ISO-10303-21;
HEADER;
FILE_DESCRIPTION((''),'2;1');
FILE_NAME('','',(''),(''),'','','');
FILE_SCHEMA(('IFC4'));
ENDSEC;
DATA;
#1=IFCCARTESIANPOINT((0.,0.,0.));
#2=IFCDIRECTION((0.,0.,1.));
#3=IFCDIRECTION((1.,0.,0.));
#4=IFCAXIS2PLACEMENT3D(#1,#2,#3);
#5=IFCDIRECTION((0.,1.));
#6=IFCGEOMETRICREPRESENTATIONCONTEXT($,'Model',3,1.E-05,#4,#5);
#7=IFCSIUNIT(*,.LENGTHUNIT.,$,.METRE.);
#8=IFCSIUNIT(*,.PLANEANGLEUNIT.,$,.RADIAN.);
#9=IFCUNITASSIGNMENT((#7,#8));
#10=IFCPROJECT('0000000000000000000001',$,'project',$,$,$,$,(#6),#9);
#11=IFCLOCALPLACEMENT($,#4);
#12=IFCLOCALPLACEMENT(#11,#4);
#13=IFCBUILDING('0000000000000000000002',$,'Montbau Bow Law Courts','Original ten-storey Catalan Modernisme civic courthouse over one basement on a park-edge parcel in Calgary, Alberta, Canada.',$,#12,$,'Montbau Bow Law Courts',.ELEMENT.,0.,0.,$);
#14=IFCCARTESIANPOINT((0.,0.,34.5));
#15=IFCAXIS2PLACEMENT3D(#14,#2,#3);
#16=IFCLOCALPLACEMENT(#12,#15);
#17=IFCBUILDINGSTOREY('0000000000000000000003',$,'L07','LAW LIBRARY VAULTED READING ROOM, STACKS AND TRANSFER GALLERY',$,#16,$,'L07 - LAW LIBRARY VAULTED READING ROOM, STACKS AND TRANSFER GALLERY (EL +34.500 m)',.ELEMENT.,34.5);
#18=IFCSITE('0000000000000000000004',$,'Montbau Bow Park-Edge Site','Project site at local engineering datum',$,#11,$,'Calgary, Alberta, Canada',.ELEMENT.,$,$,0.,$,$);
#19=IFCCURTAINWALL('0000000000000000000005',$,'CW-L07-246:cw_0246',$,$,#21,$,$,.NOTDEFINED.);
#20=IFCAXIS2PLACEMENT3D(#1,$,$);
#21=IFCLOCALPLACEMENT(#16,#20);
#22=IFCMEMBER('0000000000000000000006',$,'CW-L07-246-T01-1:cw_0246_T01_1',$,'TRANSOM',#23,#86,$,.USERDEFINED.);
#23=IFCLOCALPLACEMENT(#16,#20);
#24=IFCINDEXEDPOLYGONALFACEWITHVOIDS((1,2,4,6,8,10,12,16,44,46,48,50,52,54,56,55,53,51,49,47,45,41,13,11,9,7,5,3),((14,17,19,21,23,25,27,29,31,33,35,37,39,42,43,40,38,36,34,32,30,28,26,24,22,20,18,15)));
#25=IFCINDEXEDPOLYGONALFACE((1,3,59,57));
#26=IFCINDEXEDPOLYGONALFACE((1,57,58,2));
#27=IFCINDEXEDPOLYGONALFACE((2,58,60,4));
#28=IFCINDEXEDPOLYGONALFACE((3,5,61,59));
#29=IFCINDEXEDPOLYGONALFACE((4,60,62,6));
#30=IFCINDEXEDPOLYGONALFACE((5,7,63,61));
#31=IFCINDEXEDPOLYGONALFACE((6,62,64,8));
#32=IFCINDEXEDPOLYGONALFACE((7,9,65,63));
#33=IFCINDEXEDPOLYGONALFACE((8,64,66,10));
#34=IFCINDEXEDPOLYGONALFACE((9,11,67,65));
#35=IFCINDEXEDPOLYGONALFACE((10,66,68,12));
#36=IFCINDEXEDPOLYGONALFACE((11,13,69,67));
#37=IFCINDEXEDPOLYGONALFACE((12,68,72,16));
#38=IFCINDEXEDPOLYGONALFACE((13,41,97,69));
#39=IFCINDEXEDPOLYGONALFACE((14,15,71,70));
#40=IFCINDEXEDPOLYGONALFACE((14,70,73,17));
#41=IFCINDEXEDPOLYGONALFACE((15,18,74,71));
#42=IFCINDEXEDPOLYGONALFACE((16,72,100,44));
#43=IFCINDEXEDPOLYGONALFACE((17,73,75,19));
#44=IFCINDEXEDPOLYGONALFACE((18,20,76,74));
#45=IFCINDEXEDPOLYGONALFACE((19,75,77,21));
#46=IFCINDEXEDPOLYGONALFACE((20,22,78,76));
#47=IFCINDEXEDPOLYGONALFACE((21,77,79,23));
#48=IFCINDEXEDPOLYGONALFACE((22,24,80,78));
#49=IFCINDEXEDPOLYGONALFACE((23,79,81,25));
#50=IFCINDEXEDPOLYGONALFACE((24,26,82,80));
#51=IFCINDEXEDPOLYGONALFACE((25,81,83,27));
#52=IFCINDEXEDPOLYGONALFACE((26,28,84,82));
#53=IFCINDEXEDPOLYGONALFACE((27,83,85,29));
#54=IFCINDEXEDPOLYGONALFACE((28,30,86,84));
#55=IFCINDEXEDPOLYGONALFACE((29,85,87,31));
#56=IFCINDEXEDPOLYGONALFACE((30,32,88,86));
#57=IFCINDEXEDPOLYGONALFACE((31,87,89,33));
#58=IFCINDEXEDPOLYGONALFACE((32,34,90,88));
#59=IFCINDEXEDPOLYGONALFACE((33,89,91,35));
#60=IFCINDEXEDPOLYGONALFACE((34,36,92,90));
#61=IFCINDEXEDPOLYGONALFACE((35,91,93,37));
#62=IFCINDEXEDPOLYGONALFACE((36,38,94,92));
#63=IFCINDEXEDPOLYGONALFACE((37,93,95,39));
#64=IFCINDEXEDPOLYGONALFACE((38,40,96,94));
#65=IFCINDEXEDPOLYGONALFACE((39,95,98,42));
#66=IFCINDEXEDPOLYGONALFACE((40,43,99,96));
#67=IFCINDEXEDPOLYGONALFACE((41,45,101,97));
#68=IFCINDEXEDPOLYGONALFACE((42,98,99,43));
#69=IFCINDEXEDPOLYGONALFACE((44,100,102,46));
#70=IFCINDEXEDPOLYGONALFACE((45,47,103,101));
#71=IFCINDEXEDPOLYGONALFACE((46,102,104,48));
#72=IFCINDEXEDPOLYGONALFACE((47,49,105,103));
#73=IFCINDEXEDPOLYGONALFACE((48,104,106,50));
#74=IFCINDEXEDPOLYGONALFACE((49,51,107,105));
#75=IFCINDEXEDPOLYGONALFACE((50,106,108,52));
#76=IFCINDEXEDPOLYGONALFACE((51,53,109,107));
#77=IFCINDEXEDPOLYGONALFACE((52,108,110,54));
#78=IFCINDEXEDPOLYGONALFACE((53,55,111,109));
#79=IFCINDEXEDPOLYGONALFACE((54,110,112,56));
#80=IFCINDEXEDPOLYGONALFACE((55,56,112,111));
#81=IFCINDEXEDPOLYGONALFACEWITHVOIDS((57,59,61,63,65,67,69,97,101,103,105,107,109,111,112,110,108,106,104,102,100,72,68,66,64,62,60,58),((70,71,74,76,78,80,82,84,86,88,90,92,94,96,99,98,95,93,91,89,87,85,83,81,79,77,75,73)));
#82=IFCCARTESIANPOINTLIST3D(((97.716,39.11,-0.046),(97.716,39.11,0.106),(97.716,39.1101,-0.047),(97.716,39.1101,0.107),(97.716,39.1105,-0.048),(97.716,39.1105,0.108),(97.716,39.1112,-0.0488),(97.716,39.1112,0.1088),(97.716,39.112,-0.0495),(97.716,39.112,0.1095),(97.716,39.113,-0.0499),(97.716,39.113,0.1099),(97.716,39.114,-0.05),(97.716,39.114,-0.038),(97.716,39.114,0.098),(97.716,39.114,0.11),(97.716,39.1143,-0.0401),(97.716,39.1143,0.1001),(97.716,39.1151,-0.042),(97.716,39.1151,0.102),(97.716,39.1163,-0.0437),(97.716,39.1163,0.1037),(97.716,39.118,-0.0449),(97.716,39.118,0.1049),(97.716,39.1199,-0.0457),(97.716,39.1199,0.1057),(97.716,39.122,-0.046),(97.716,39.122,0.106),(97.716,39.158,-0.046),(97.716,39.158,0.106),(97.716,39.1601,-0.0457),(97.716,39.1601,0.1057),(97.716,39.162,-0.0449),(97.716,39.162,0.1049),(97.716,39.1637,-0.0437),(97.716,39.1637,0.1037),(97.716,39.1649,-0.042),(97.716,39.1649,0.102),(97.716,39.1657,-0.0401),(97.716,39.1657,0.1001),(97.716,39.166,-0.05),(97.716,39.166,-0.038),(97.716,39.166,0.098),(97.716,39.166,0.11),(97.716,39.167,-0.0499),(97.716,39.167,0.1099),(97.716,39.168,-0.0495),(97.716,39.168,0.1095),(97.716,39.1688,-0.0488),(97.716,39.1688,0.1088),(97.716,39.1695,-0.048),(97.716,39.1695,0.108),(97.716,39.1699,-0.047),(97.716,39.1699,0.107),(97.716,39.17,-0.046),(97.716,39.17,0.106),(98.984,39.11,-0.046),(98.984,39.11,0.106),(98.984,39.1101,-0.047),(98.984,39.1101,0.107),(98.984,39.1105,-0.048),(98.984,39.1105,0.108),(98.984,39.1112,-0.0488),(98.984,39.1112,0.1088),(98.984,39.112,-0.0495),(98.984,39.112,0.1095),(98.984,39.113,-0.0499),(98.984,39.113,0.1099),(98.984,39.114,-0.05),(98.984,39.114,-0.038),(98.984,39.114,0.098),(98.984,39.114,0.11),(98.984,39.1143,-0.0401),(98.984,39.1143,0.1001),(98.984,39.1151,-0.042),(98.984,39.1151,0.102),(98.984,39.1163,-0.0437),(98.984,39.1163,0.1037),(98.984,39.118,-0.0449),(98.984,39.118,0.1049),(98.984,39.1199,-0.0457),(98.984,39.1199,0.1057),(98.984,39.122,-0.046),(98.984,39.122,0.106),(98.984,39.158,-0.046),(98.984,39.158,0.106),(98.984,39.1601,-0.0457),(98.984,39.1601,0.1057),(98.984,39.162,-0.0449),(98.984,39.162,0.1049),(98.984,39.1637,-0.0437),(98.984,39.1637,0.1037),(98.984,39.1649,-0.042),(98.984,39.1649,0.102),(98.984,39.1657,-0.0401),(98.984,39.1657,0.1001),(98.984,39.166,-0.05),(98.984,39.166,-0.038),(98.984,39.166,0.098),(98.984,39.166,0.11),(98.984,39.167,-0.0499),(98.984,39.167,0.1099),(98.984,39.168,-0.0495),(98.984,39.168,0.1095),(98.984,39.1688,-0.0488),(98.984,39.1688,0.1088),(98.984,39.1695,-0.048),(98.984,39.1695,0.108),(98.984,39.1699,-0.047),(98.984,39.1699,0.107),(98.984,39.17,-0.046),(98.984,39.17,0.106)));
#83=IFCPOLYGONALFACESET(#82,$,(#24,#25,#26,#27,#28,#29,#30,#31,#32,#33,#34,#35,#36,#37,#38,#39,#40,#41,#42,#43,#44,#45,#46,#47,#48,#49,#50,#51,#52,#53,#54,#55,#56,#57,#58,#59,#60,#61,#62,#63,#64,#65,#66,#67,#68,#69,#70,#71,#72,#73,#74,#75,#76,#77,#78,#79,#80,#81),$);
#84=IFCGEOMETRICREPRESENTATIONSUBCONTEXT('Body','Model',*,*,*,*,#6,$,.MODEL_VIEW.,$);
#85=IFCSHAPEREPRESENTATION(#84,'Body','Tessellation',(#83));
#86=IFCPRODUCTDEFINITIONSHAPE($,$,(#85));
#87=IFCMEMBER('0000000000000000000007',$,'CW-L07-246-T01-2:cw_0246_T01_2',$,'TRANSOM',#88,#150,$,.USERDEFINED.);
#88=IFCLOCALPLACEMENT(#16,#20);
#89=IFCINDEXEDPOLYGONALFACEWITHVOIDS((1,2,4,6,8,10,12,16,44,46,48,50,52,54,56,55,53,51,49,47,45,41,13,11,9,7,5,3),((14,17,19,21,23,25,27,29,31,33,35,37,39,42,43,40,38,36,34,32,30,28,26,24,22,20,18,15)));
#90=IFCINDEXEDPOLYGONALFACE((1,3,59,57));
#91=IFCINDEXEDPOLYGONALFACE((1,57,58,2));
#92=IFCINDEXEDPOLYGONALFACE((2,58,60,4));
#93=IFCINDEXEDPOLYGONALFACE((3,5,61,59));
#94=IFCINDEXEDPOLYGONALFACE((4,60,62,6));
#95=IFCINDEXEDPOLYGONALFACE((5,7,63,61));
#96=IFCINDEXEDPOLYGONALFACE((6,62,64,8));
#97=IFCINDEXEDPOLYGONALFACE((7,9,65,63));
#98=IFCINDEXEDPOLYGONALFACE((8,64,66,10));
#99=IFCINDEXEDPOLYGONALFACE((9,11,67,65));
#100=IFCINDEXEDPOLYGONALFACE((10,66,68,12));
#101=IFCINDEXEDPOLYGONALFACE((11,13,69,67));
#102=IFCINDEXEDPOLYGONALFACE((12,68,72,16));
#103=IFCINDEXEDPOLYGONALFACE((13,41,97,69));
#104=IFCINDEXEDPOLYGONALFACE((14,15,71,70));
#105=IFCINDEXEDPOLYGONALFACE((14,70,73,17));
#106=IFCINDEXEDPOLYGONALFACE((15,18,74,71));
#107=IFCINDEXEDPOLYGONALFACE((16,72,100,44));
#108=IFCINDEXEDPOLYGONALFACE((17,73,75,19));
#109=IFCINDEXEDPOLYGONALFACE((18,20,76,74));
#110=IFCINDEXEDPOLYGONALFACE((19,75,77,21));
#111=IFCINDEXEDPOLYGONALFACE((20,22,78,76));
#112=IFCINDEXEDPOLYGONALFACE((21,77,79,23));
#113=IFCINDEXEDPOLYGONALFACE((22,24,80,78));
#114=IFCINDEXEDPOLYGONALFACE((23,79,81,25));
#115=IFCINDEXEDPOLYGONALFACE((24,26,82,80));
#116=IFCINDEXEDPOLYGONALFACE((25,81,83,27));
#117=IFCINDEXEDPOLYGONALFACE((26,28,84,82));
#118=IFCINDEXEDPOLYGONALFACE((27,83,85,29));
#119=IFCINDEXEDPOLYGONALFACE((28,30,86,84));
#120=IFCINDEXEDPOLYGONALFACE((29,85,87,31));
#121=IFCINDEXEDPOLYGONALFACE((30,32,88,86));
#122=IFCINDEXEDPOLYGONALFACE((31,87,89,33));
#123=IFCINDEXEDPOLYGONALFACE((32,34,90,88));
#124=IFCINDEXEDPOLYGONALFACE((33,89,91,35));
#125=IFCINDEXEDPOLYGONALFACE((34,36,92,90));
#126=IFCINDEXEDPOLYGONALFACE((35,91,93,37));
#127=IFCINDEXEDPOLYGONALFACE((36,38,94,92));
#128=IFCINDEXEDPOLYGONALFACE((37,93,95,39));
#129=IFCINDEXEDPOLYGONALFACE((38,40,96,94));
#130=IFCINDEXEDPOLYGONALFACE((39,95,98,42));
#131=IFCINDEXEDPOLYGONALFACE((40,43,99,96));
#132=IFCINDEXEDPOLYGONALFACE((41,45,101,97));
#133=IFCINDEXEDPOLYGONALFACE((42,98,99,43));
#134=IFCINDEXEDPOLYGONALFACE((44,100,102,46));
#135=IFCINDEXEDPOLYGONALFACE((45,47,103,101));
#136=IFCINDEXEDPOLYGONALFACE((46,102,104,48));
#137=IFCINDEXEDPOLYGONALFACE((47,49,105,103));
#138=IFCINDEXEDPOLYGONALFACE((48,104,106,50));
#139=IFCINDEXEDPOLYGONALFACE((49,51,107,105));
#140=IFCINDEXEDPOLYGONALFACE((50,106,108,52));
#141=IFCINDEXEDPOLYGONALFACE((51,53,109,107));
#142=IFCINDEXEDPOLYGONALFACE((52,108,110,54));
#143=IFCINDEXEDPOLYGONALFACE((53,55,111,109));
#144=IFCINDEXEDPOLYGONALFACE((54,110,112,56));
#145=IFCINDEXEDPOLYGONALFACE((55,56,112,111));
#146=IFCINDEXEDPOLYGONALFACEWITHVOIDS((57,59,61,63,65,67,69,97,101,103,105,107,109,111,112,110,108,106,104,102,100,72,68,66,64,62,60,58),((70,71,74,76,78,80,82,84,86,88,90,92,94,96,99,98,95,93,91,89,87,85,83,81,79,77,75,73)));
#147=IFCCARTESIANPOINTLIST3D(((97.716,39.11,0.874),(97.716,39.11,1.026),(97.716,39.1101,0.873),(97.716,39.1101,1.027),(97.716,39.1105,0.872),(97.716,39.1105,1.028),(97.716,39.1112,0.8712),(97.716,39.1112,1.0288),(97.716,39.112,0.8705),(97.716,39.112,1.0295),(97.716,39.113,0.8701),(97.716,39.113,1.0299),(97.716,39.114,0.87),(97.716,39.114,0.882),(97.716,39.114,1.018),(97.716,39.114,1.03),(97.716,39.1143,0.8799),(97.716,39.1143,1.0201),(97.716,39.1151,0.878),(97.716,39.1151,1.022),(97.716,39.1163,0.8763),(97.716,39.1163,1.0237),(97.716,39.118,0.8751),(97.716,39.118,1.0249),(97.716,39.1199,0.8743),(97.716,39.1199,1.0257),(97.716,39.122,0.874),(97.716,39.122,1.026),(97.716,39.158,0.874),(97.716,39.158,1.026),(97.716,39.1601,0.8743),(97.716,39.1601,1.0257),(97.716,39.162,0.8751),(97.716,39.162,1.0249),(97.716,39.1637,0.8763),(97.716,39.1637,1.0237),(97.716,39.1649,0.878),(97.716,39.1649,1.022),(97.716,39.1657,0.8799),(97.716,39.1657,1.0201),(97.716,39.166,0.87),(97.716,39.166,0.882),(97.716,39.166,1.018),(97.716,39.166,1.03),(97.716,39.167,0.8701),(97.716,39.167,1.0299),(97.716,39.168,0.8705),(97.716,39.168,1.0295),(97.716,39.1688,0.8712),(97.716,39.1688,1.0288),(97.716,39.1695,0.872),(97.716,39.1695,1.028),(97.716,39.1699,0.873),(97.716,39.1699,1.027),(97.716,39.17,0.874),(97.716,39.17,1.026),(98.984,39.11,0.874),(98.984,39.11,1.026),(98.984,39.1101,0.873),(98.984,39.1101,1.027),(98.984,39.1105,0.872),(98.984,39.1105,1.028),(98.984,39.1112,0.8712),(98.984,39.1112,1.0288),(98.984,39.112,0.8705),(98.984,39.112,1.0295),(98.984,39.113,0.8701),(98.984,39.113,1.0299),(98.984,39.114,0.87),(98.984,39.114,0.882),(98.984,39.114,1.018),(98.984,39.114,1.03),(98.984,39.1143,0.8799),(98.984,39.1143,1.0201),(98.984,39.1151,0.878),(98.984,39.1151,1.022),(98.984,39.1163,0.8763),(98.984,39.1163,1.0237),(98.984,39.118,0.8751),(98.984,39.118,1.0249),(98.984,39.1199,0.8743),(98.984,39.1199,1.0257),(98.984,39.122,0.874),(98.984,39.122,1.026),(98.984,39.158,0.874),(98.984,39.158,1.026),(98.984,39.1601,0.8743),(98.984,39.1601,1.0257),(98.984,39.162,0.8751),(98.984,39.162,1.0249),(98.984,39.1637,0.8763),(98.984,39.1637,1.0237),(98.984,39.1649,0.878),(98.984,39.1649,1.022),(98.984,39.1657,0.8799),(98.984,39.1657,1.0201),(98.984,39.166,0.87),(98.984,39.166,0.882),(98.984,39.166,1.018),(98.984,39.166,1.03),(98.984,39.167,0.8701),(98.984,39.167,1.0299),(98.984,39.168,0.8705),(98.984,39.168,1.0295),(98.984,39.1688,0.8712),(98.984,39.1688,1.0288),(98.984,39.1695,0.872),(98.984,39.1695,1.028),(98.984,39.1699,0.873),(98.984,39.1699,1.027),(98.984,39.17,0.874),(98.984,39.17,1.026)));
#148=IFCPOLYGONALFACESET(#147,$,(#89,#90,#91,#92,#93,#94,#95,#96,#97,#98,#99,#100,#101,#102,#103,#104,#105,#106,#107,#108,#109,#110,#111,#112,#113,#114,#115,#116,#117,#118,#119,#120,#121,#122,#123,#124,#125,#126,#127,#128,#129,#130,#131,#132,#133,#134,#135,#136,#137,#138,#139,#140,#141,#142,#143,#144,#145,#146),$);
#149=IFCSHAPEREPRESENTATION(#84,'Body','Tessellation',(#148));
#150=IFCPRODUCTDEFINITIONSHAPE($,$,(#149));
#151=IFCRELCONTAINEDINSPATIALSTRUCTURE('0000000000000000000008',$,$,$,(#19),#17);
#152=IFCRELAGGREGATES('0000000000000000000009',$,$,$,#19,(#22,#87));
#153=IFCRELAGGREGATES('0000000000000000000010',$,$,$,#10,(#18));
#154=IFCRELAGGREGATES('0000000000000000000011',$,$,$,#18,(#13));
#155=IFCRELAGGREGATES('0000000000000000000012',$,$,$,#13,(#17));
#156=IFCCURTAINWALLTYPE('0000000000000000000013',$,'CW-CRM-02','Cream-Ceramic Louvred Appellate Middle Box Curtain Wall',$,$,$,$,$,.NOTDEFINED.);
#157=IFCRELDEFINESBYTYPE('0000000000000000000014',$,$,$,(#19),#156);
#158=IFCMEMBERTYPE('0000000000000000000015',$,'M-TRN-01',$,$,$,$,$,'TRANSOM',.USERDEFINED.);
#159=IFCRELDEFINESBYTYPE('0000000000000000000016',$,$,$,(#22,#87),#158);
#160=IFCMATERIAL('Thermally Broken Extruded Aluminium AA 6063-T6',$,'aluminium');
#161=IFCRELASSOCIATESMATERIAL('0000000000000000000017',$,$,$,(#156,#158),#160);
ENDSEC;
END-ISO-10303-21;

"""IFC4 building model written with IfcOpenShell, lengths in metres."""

from ifc_helpers import new_model, si_unit, direction, frame, origin_with_axes, origin_2d_with_axis, place, context, subcontext, project, spatial, hollow_rectangle, extrude, material, material_profile, profile_set, type_object, element, aggregate, save


model = new_model("IFC4")

# Units and contexts
model_context = context("Model", 3, precision=1e-05, world=origin_with_axes(), true_north=direction((0.0, 1.0)))
body_context = subcontext(model_context, "Body", "Model", "MODEL_VIEW")
ifc_project = project(units=[si_unit("LENGTHUNIT", "METRE"), si_unit("PLANEANGLEUNIT", "RADIAN")], contexts=[model_context])

# Site, building, storey
site_placement = place(None, origin_with_axes())
site = spatial("IfcSite", under=ifc_project, at=site_placement, Name="Montbau Bow Park-Edge Site", Description="Project site at local engineering datum", LongName="Calgary, Alberta, Canada", CompositionType="ELEMENT", RefElevation=0.0)
building_placement = place(site_placement, origin_with_axes())
building = spatial("IfcBuilding", under=site, at=building_placement, Name="Montbau Bow Law Courts", Description="Original ten-storey Catalan Modernisme civic courthouse over one basement on a park-edge parcel in Calgary, Alberta, Canada.", LongName="Montbau Bow Law Courts", CompositionType="ELEMENT", ElevationOfRefHeight=0.0, ElevationOfTerrain=0.0)
storey_placement = place(building_placement, frame((0.0, 0.0, 34.5), z_axis=(0.0, 0.0, 1.0), x_axis=(1.0, 0.0, 0.0)))
storey = spatial("IfcBuildingStorey", under=building, at=storey_placement, Name="L07", Description="LAW LIBRARY VAULTED READING ROOM, STACKS AND TRANSFER GALLERY", LongName="L07 - LAW LIBRARY VAULTED READING ROOM, STACKS AND TRANSFER GALLERY (EL +34.500 m)", CompositionType="ELEMENT", Elevation=34.5)

# Curtain wall
ifc_material_1 = material(Name="Thermally Broken Extruded Aluminium AA 6063-T6", Category="aluminium")
curtain_wall_type = type_object("IfcCurtainWallType", Name="CW-CRM-02", Description="Cream-Ceramic Louvred Appellate Middle Box Curtain Wall", PredefinedType="NOTDEFINED", material=ifc_material_1)
curtain_wall_1_placement = place(None, frame((97.64, 39.14, 34.5), z_axis=(0.0, 0.0, 1.0), x_axis=(1.0, 0.0, 0.0)))
curtain_wall_1 = element("IfcCurtainWall", 1, at=curtain_wall_1_placement, inside=storey, type_object=curtain_wall_type, Name="CW-L07-246:cw_0246", PredefinedType="NOTDEFINED")

# Members
ifc_material_profile_1 = material_profile(ifc_material_1, hollow_rectangle(XDim=0.06, YDim=0.16, WallThickness=0.004, InnerFilletRadius=0.008, OuterFilletRadius=0.004, at=origin_2d_with_axis()), Name="CWT-160X60", Category="Main", Priority=0)
ifc_profile_set_1 = profile_set([ifc_material_profile_1], Name="Thermally Broken Extruded Aluminium AA 6063-T6")
member_type_1 = type_object("IfcMemberType", Name="M-TRN-01", ElementType="TRANSOM", PredefinedType="USERDEFINED", material=ifc_profile_set_1)
member_1_placement = place(None, frame((97.716, 39.14, 34.53), z_axis=(1.0, 0.0, 0.0), x_axis=(0.0, 1.0, 0.0)))
member_1 = element("IfcMember", 2, at=member_1_placement, type_object=member_type_1, Name="CW-L07-246-T01-1:cw_0246_T01_1", ObjectType="TRANSOM", PredefinedType="USERDEFINED", context=body_context, shape_type="SweptSolid", body=[
    extrude(hollow_rectangle(XDim=0.06, YDim=0.16, WallThickness=0.004, InnerFilletRadius=0.008, OuterFilletRadius=0.004, at=origin_2d_with_axis()), origin_with_axes(), (0.0, 0.0, 1.0), 1.268),
])
member_2_placement = place(None, frame((97.716, 39.14, 35.45), z_axis=(1.0, 0.0, 0.0), x_axis=(0.0, 1.0, 0.0)))
member_2 = element("IfcMember", 3, at=member_2_placement, type_object=member_type_1, Name="CW-L07-246-T01-2:cw_0246_T01_2", ObjectType="TRANSOM", PredefinedType="USERDEFINED", context=body_context, shape_type="SweptSolid", body=[
    extrude(hollow_rectangle(XDim=0.06, YDim=0.16, WallThickness=0.004, InnerFilletRadius=0.008, OuterFilletRadius=0.004, at=origin_2d_with_axis()), origin_with_axes(), (0.0, 0.0, 1.0), 1.268),
])

aggregate(curtain_wall_1, [member_1, member_2])

save(model, "model.ifc")
